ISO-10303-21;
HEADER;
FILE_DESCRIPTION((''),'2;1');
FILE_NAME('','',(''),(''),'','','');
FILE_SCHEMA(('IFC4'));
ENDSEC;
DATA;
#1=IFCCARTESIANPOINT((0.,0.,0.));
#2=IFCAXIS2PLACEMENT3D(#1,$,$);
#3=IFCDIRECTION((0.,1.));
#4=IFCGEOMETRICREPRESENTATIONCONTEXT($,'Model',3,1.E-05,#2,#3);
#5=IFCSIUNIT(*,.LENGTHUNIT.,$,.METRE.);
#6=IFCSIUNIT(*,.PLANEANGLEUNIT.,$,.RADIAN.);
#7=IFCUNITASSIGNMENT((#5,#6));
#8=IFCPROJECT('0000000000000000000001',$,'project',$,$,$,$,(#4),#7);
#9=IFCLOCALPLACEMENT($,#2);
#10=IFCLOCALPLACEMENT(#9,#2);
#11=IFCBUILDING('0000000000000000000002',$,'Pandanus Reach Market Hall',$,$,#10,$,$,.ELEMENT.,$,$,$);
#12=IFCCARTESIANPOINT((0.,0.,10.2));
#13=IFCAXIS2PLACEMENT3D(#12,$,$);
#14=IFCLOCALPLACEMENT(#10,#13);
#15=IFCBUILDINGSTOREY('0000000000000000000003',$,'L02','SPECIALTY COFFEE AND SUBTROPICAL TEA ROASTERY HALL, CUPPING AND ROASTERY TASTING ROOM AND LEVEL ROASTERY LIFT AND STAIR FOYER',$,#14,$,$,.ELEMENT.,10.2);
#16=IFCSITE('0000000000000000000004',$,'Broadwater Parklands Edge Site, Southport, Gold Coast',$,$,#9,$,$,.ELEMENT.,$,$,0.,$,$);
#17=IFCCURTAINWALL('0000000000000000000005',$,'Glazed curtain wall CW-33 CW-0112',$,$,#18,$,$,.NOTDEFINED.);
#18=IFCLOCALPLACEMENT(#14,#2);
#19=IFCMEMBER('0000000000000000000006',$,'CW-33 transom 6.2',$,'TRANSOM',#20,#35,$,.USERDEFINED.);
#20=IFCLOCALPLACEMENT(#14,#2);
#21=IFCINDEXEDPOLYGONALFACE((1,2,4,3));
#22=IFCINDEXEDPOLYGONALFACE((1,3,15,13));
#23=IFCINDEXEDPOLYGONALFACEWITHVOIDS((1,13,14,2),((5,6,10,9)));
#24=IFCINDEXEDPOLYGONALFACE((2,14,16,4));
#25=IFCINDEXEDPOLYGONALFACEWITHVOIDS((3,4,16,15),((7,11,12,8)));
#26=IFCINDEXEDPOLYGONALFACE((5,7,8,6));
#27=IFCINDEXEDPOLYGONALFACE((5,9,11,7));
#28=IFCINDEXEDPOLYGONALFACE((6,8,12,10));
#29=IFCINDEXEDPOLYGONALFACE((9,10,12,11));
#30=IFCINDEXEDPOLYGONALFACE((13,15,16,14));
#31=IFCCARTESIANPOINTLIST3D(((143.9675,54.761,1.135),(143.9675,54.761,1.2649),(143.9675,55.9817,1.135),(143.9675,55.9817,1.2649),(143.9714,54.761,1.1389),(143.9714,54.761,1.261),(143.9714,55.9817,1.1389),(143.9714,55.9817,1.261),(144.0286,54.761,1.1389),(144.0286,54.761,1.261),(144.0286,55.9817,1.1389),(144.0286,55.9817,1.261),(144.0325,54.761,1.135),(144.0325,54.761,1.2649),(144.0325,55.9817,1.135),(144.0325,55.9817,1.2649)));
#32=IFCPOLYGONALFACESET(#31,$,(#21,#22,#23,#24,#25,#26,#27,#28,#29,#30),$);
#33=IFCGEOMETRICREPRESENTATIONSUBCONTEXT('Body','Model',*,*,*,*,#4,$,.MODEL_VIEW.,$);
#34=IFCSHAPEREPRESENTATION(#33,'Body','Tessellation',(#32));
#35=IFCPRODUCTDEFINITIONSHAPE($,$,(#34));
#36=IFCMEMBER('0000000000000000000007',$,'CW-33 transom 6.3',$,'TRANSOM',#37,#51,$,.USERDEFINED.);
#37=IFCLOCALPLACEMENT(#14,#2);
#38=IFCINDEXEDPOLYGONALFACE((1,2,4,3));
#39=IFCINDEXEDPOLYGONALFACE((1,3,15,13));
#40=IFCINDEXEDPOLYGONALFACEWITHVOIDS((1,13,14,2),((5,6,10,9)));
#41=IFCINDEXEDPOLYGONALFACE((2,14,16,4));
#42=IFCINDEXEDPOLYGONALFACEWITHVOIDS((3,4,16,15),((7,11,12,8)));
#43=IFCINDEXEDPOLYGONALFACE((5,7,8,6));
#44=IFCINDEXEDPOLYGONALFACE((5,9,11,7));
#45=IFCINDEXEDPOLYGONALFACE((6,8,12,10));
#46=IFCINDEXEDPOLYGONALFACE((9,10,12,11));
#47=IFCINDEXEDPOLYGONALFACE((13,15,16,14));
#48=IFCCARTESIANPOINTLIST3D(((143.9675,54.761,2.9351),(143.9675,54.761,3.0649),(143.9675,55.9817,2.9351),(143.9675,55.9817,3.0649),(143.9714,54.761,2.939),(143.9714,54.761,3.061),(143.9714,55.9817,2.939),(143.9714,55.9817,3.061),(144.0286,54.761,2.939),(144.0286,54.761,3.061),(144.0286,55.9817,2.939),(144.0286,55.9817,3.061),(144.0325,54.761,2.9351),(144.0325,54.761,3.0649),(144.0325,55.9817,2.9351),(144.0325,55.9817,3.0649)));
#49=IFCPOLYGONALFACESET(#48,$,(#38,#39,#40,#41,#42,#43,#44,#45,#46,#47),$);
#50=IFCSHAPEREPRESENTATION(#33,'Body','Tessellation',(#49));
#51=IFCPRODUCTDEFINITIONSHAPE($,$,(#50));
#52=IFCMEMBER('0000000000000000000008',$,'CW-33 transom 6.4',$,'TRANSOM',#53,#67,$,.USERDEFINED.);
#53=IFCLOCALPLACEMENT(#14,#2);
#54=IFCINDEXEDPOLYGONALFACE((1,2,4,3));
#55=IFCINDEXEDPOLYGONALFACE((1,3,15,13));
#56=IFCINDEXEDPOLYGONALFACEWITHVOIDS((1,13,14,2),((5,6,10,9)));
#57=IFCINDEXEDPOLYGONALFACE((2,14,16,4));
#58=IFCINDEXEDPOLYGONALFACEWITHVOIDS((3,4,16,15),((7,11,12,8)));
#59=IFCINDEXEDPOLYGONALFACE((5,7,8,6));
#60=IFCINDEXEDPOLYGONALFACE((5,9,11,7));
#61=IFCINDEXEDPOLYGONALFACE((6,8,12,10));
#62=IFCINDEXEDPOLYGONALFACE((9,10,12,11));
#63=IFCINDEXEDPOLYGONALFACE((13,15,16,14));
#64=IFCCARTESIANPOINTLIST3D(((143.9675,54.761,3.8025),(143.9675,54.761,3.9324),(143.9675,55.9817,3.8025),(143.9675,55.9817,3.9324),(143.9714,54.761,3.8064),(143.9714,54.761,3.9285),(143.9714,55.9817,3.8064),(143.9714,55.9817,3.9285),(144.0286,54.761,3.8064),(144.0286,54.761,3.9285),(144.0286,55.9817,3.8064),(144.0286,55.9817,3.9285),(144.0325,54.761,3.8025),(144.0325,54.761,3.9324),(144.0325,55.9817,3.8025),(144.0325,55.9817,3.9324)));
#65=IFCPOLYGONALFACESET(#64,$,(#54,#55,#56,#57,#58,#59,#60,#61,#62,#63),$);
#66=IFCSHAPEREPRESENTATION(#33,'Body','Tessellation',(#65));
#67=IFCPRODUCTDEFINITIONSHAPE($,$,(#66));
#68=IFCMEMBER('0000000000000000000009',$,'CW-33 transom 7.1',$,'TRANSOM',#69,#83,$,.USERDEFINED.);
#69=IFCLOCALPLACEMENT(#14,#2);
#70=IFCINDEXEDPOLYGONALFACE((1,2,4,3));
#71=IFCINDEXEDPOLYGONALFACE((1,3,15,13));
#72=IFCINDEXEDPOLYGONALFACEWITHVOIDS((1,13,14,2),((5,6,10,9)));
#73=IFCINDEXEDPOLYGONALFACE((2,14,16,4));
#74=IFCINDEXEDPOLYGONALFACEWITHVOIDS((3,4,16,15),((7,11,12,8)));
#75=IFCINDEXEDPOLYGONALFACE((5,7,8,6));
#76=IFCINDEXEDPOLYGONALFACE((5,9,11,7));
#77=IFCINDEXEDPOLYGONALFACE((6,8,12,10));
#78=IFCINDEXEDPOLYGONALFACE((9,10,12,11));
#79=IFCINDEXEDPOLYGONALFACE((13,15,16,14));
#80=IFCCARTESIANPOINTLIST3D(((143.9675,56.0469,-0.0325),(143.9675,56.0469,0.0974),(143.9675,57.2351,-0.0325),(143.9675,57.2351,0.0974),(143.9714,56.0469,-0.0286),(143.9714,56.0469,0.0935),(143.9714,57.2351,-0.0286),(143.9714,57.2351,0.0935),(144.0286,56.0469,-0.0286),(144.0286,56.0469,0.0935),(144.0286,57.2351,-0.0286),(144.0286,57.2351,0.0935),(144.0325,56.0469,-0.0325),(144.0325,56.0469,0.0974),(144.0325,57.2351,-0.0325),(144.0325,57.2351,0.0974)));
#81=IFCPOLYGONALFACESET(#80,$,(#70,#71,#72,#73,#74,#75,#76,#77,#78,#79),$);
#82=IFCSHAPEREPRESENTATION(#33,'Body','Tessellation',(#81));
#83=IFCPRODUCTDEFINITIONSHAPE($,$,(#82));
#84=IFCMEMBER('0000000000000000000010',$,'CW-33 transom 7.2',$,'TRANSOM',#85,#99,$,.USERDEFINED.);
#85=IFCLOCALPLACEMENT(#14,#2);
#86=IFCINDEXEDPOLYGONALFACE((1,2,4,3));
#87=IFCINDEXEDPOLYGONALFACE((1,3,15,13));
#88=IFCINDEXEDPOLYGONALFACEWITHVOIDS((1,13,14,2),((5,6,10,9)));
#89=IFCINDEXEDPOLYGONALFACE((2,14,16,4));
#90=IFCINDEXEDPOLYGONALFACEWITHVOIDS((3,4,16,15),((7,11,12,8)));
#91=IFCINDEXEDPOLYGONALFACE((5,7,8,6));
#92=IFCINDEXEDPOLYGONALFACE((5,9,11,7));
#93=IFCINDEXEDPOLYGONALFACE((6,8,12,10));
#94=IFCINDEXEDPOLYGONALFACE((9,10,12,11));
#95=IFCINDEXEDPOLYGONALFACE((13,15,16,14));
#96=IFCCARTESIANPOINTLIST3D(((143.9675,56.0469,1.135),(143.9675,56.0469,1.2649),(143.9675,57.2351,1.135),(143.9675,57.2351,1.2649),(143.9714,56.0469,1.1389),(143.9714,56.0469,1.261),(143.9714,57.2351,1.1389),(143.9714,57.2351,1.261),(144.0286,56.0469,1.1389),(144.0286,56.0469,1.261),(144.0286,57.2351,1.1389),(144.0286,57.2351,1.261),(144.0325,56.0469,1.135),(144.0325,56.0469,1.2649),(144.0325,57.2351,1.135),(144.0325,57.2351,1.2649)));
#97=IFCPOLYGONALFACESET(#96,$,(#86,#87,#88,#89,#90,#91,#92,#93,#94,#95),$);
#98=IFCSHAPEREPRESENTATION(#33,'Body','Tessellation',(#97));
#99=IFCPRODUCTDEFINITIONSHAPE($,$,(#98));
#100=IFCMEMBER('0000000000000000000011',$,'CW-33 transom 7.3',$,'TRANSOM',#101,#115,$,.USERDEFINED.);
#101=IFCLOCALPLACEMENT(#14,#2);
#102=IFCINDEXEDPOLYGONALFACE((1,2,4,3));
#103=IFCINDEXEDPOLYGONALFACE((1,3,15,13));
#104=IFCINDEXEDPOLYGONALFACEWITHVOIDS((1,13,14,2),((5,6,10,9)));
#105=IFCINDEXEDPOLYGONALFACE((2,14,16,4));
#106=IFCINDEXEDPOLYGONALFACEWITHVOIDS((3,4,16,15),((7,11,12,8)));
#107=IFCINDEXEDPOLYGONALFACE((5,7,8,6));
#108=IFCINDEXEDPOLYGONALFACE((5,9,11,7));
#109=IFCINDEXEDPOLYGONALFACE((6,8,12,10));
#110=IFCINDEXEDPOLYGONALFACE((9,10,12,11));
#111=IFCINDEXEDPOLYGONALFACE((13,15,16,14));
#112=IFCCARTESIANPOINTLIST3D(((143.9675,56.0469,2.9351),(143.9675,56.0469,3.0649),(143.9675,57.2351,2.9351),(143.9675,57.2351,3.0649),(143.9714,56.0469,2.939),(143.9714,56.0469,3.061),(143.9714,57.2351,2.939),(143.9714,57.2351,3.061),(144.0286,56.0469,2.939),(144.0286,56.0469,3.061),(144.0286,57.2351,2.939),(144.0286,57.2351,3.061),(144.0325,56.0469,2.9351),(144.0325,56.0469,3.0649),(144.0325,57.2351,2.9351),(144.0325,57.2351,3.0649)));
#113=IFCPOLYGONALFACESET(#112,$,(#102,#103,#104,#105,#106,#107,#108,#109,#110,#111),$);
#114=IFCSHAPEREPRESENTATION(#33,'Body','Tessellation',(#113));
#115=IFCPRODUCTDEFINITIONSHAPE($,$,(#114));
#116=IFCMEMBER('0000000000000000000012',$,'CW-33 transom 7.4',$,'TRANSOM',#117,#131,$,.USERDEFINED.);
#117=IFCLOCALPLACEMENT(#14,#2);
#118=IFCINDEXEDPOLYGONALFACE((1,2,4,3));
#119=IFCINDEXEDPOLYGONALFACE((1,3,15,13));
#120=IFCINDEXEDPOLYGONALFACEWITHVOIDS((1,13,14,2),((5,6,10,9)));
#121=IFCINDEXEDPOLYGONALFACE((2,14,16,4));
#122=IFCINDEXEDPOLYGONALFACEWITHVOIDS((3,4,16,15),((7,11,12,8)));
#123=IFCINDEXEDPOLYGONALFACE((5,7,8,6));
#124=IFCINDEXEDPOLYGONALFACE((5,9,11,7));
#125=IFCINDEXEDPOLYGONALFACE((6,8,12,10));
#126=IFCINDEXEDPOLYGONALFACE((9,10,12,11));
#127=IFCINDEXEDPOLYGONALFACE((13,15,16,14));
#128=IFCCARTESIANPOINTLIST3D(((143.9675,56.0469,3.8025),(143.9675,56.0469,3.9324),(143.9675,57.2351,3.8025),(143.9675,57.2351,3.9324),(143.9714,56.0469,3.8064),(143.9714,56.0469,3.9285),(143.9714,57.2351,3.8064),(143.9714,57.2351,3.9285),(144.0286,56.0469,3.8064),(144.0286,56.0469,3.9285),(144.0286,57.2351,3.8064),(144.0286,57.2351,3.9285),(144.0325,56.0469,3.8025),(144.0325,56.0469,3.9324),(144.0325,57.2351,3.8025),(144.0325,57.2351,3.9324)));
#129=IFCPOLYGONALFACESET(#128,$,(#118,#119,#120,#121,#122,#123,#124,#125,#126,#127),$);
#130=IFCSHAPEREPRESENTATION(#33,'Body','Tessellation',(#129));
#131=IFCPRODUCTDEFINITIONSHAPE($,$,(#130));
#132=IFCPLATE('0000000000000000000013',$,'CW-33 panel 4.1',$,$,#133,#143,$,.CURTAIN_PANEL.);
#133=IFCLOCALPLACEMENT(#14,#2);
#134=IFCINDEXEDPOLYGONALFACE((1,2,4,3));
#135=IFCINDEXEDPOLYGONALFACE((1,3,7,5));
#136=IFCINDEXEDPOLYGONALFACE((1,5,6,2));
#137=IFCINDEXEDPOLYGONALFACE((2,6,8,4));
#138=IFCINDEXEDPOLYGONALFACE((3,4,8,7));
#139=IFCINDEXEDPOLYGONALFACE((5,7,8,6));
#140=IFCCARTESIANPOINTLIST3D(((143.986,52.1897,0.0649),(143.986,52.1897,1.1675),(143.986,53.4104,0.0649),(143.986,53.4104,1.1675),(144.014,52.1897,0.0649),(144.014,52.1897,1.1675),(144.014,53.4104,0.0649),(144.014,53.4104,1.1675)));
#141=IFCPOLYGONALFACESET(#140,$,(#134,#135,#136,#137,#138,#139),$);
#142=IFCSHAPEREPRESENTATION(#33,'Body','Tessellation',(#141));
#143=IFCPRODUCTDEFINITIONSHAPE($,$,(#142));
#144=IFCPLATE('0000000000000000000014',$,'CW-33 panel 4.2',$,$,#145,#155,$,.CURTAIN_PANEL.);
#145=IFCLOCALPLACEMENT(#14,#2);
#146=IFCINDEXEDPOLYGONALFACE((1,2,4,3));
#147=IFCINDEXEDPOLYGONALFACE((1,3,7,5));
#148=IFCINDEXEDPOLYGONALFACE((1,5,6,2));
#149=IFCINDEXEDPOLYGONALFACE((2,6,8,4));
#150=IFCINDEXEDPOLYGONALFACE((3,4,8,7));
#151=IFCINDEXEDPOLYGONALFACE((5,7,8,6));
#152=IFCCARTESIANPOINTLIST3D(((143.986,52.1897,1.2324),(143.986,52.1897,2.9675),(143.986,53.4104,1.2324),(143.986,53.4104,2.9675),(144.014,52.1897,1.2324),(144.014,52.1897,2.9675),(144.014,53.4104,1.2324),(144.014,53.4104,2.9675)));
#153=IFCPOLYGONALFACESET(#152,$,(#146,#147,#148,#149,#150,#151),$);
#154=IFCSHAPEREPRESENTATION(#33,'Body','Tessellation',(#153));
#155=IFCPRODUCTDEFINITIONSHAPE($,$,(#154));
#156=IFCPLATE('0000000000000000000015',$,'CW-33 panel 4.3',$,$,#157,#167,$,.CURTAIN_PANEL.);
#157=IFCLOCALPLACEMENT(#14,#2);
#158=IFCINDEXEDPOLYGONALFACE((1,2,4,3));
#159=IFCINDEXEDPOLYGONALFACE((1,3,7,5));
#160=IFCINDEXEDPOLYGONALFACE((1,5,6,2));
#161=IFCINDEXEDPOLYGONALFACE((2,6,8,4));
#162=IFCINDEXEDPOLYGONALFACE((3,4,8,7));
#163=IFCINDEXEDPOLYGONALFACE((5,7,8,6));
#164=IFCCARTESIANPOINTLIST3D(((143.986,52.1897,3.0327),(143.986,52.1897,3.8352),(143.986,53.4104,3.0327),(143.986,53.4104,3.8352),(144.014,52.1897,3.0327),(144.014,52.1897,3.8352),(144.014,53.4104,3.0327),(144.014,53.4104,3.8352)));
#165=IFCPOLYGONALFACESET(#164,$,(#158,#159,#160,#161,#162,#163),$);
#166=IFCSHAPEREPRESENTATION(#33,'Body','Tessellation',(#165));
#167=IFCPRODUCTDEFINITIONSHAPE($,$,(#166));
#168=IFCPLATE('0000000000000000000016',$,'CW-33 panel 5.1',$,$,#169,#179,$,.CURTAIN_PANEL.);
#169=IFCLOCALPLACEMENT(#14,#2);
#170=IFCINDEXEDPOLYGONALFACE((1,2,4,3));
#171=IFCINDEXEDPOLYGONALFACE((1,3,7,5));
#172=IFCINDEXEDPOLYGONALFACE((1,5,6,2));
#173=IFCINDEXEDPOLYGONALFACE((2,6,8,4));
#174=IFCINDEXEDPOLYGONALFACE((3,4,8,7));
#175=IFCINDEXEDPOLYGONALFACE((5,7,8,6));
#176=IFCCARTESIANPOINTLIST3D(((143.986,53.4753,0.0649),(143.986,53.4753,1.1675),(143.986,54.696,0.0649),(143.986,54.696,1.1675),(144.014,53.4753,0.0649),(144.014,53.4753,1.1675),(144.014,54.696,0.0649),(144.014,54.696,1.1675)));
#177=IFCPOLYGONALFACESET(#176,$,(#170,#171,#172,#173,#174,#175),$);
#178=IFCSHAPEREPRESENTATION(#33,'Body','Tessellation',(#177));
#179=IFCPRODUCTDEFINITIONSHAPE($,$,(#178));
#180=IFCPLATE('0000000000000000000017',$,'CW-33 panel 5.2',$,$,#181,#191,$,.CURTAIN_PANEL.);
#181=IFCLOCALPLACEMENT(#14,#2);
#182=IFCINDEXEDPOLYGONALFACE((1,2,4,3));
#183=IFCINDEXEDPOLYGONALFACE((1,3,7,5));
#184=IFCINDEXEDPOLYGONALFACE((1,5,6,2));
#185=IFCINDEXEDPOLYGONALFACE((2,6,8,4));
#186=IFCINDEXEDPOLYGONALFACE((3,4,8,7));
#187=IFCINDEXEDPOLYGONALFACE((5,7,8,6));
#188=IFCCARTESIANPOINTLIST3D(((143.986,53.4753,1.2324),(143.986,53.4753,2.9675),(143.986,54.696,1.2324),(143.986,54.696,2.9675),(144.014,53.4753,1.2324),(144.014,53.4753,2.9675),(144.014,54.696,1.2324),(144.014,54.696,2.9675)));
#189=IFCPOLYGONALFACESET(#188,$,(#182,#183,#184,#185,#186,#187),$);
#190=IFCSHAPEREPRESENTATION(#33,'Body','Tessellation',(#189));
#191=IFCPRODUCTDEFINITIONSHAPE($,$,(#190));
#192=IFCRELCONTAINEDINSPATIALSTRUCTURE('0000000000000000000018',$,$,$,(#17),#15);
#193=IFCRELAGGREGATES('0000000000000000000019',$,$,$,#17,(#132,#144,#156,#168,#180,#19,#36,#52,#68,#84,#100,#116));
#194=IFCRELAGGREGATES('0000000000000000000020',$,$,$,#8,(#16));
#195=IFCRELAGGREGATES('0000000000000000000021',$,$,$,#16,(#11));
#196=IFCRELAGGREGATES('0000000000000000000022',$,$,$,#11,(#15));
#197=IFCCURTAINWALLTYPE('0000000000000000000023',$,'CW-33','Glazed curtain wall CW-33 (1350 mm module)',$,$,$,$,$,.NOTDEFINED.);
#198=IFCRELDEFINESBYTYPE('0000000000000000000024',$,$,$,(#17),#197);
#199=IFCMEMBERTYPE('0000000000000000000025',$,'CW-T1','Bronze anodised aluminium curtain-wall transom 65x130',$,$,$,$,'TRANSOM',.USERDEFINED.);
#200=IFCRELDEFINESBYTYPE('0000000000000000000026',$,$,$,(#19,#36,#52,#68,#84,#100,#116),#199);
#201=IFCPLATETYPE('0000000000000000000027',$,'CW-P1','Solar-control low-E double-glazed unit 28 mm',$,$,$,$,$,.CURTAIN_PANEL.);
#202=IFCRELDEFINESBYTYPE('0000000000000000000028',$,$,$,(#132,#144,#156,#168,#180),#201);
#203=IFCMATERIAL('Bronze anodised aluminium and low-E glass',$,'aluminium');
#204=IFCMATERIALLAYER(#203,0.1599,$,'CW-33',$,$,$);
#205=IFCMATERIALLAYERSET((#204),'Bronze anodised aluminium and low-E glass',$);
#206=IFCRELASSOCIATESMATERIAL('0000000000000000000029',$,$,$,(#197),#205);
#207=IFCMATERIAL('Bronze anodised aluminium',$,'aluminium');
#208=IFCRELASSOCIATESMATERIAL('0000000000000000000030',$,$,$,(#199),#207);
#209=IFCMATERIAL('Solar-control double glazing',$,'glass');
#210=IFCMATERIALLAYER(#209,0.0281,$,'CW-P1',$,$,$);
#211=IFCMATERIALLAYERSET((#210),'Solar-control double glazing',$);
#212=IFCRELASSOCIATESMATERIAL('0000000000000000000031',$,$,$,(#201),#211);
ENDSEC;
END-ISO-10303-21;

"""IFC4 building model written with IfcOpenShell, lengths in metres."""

from ifc_helpers import new_model, si_unit, direction, frame, origin, origin_2d, place, context, subcontext, project, spatial, rectangle, hollow_rectangle, extrude, material, layer, layer_set, material_profile, profile_set, type_object, element, aggregate, save


model = new_model("IFC4")

# Units and contexts
model_context = context("Model", 3, precision=1e-05, world=origin(), true_north=direction((0.0, 1.0)))
body_context = subcontext(model_context, "Body", "Model", "MODEL_VIEW")
ifc_project = project(units=[si_unit("LENGTHUNIT", "METRE"), si_unit("PLANEANGLEUNIT", "RADIAN")], contexts=[model_context])

# Site, building, storey
site_placement = place(None, origin())
site = spatial("IfcSite", under=ifc_project, at=site_placement, Name="Broadwater Parklands Edge Site, Southport, Gold Coast", CompositionType="ELEMENT", RefElevation=0.0)
building_placement = place(site_placement, origin())
building = spatial("IfcBuilding", under=site, at=building_placement, Name="Pandanus Reach Market Hall", CompositionType="ELEMENT")
storey_placement = place(building_placement, frame((0.0, 0.0, 10.2)))
storey = spatial("IfcBuildingStorey", under=building, at=storey_placement, Name="L02", Description="SPECIALTY COFFEE AND SUBTROPICAL TEA ROASTERY HALL, CUPPING AND ROASTERY TASTING ROOM AND LEVEL ROASTERY LIFT AND STAIR FOYER", CompositionType="ELEMENT", Elevation=10.2)

# Curtain wall, members, plates
ifc_material_1 = material(Name="Bronze anodised aluminium and low-E glass", Category="aluminium")
ifc_layer_1 = layer(ifc_material_1, 0.1599, Name="CW-33")
ifc_layer_set_1 = layer_set([ifc_layer_1], Name="Bronze anodised aluminium and low-E glass")
curtain_wall_type = type_object("IfcCurtainWallType", Name="CW-33", Description="Glazed curtain wall CW-33 (1350 mm module)", PredefinedType="NOTDEFINED", material=ifc_layer_set_1)
curtain_wall_placement = place(storey_placement, origin())
curtain_wall = element("IfcCurtainWall", 1, at=curtain_wall_placement, inside=storey, type_object=curtain_wall_type, Name="Glazed curtain wall CW-33 CW-0112", PredefinedType="NOTDEFINED")
ifc_material_2 = material(Name="Bronze anodised aluminium", Category="aluminium")
ifc_material_profile_1 = material_profile(ifc_material_2, hollow_rectangle(XDim=0.0649, YDim=0.1299, WallThickness=0.0039, at=origin_2d()), Name="ALU65x130", Category="LoadBearing")
ifc_profile_set_1 = profile_set([ifc_material_profile_1], Name="Bronze anodised aluminium")
member_type_1 = type_object("IfcMemberType", Name="CW-T1", Description="Bronze anodised aluminium curtain-wall transom 65x130", ElementType="TRANSOM", PredefinedType="USERDEFINED", material=ifc_profile_set_1)
member_1_placement = place(storey_placement, frame((144.0, 54.761, 1.2), z_axis=(0.0, 1.0, 0.0), x_axis=(-1.0, 0.0, 0.0)))
member_1 = element("IfcMember", 2, at=member_1_placement, type_object=member_type_1, Name="CW-33 transom 6.2", ObjectType="TRANSOM", PredefinedType="USERDEFINED", context=body_context, shape_type="SweptSolid", body=[
    extrude(hollow_rectangle(XDim=0.0649, YDim=0.1299, WallThickness=0.0039, at=origin_2d()), origin(), (0.0, 0.0, 1.0), 1.2207),
])
member_2_placement = place(storey_placement, frame((144.0, 54.761, 3.0), z_axis=(0.0, 1.0, 0.0), x_axis=(-1.0, 0.0, 0.0)))
member_2 = element("IfcMember", 3, at=member_2_placement, type_object=member_type_1, Name="CW-33 transom 6.3", ObjectType="TRANSOM", PredefinedType="USERDEFINED", context=body_context, shape_type="SweptSolid", body=[
    extrude(hollow_rectangle(XDim=0.0649, YDim=0.1299, WallThickness=0.0039, at=origin_2d()), origin(), (0.0, 0.0, 1.0), 1.2207),
])
member_3_placement = place(storey_placement, frame((144.0, 54.761, 3.8674), z_axis=(0.0, 1.0, 0.0), x_axis=(-1.0, 0.0, 0.0)))
member_3 = element("IfcMember", 4, at=member_3_placement, type_object=member_type_1, Name="CW-33 transom 6.4", ObjectType="TRANSOM", PredefinedType="USERDEFINED", context=body_context, shape_type="SweptSolid", body=[
    extrude(hollow_rectangle(XDim=0.0649, YDim=0.1299, WallThickness=0.0039, at=origin_2d()), origin(), (0.0, 0.0, 1.0), 1.2207),
])
member_4_placement = place(storey_placement, frame((144.0, 56.0469, 0.0325), z_axis=(0.0, 1.0, 0.0), x_axis=(-1.0, 0.0, 0.0)))
member_4 = element("IfcMember", 5, at=member_4_placement, type_object=member_type_1, Name="CW-33 transom 7.1", ObjectType="TRANSOM", PredefinedType="USERDEFINED", context=body_context, shape_type="SweptSolid", body=[
    extrude(hollow_rectangle(XDim=0.0649, YDim=0.1299, WallThickness=0.0039, at=origin_2d()), origin(), (0.0, 0.0, 1.0), 1.1882),
])
member_5_placement = place(storey_placement, frame((144.0, 56.0469, 1.2), z_axis=(0.0, 1.0, 0.0), x_axis=(-1.0, 0.0, 0.0)))
member_5 = element("IfcMember", 6, at=member_5_placement, type_object=member_type_1, Name="CW-33 transom 7.2", ObjectType="TRANSOM", PredefinedType="USERDEFINED", context=body_context, shape_type="SweptSolid", body=[
    extrude(hollow_rectangle(XDim=0.0649, YDim=0.1299, WallThickness=0.0039, at=origin_2d()), origin(), (0.0, 0.0, 1.0), 1.1882),
])
member_6_placement = place(storey_placement, frame((144.0, 56.0469, 3.0), z_axis=(0.0, 1.0, 0.0), x_axis=(-1.0, 0.0, 0.0)))
member_6 = element("IfcMember", 7, at=member_6_placement, type_object=member_type_1, Name="CW-33 transom 7.3", ObjectType="TRANSOM", PredefinedType="USERDEFINED", context=body_context, shape_type="SweptSolid", body=[
    extrude(hollow_rectangle(XDim=0.0649, YDim=0.1299, WallThickness=0.0039, at=origin_2d()), origin(), (0.0, 0.0, 1.0), 1.1882),
])
member_7_placement = place(storey_placement, frame((144.0, 56.0469, 3.8674), z_axis=(0.0, 1.0, 0.0), x_axis=(-1.0, 0.0, 0.0)))
member_7 = element("IfcMember", 8, at=member_7_placement, type_object=member_type_1, Name="CW-33 transom 7.4", ObjectType="TRANSOM", PredefinedType="USERDEFINED", context=body_context, shape_type="SweptSolid", body=[
    extrude(hollow_rectangle(XDim=0.0649, YDim=0.1299, WallThickness=0.0039, at=origin_2d()), origin(), (0.0, 0.0, 1.0), 1.1882),
])
ifc_material_3 = material(Name="Solar-control double glazing", Category="glass")
ifc_layer_2 = layer(ifc_material_3, 0.0281, Name="CW-P1")
ifc_layer_set_2 = layer_set([ifc_layer_2], Name="Solar-control double glazing")
plate_type = type_object("IfcPlateType", Name="CW-P1", Description="Solar-control low-E double-glazed unit 28 mm", PredefinedType="CURTAIN_PANEL", material=ifc_layer_set_2)
plate_1_placement = place(storey_placement, frame((144.0, 52.8, 0.0649), z_axis=(0.0, 0.0, 1.0), x_axis=(0.0, 1.0, 0.0)))
plate_1 = element("IfcPlate", 9, at=plate_1_placement, type_object=plate_type, Name="CW-33 panel 4.1", PredefinedType="CURTAIN_PANEL", context=body_context, shape_type="SweptSolid", body=[
    extrude(rectangle(XDim=1.2207, YDim=0.0281, at=origin_2d()), origin(), (0.0, 0.0, 1.0), 1.1025),
])
plate_2_placement = place(storey_placement, frame((144.0, 52.8, 1.2324), z_axis=(0.0, 0.0, 1.0), x_axis=(0.0, 1.0, 0.0)))
plate_2 = element("IfcPlate", 10, at=plate_2_placement, type_object=plate_type, Name="CW-33 panel 4.2", PredefinedType="CURTAIN_PANEL", context=body_context, shape_type="SweptSolid", body=[
    extrude(rectangle(XDim=1.2207, YDim=0.0281, at=origin_2d()), origin(), (0.0, 0.0, 1.0), 1.7351),
])
plate_3_placement = place(storey_placement, frame((144.0, 52.8, 3.0327), z_axis=(0.0, 0.0, 1.0), x_axis=(0.0, 1.0, 0.0)))
plate_3 = element("IfcPlate", 11, at=plate_3_placement, type_object=plate_type, Name="CW-33 panel 4.3", PredefinedType="CURTAIN_PANEL", context=body_context, shape_type="SweptSolid", body=[
    extrude(rectangle(XDim=1.2207, YDim=0.0281, at=origin_2d()), origin(), (0.0, 0.0, 1.0), 0.8025),
])
plate_4_placement = place(storey_placement, frame((144.0, 54.0857, 0.0649), z_axis=(0.0, 0.0, 1.0), x_axis=(0.0, 1.0, 0.0)))
plate_4 = element("IfcPlate", 12, at=plate_4_placement, type_object=plate_type, Name="CW-33 panel 5.1", PredefinedType="CURTAIN_PANEL", context=body_context, shape_type="SweptSolid", body=[
    extrude(rectangle(XDim=1.2207, YDim=0.0281, at=origin_2d()), origin(), (0.0, 0.0, 1.0), 1.1025),
])
plate_5_placement = place(storey_placement, frame((144.0, 54.0857, 1.2324), z_axis=(0.0, 0.0, 1.0), x_axis=(0.0, 1.0, 0.0)))
plate_5 = element("IfcPlate", 13, at=plate_5_placement, type_object=plate_type, Name="CW-33 panel 5.2", PredefinedType="CURTAIN_PANEL", context=body_context, shape_type="SweptSolid", body=[
    extrude(rectangle(XDim=1.2207, YDim=0.0281, at=origin_2d()), origin(), (0.0, 0.0, 1.0), 1.7351),
])
aggregate(curtain_wall, [plate_1, plate_2, plate_3, plate_4, plate_5, member_1, member_2, member_3, member_4, member_5, member_6, member_7])

save(model, "model.ifc")
